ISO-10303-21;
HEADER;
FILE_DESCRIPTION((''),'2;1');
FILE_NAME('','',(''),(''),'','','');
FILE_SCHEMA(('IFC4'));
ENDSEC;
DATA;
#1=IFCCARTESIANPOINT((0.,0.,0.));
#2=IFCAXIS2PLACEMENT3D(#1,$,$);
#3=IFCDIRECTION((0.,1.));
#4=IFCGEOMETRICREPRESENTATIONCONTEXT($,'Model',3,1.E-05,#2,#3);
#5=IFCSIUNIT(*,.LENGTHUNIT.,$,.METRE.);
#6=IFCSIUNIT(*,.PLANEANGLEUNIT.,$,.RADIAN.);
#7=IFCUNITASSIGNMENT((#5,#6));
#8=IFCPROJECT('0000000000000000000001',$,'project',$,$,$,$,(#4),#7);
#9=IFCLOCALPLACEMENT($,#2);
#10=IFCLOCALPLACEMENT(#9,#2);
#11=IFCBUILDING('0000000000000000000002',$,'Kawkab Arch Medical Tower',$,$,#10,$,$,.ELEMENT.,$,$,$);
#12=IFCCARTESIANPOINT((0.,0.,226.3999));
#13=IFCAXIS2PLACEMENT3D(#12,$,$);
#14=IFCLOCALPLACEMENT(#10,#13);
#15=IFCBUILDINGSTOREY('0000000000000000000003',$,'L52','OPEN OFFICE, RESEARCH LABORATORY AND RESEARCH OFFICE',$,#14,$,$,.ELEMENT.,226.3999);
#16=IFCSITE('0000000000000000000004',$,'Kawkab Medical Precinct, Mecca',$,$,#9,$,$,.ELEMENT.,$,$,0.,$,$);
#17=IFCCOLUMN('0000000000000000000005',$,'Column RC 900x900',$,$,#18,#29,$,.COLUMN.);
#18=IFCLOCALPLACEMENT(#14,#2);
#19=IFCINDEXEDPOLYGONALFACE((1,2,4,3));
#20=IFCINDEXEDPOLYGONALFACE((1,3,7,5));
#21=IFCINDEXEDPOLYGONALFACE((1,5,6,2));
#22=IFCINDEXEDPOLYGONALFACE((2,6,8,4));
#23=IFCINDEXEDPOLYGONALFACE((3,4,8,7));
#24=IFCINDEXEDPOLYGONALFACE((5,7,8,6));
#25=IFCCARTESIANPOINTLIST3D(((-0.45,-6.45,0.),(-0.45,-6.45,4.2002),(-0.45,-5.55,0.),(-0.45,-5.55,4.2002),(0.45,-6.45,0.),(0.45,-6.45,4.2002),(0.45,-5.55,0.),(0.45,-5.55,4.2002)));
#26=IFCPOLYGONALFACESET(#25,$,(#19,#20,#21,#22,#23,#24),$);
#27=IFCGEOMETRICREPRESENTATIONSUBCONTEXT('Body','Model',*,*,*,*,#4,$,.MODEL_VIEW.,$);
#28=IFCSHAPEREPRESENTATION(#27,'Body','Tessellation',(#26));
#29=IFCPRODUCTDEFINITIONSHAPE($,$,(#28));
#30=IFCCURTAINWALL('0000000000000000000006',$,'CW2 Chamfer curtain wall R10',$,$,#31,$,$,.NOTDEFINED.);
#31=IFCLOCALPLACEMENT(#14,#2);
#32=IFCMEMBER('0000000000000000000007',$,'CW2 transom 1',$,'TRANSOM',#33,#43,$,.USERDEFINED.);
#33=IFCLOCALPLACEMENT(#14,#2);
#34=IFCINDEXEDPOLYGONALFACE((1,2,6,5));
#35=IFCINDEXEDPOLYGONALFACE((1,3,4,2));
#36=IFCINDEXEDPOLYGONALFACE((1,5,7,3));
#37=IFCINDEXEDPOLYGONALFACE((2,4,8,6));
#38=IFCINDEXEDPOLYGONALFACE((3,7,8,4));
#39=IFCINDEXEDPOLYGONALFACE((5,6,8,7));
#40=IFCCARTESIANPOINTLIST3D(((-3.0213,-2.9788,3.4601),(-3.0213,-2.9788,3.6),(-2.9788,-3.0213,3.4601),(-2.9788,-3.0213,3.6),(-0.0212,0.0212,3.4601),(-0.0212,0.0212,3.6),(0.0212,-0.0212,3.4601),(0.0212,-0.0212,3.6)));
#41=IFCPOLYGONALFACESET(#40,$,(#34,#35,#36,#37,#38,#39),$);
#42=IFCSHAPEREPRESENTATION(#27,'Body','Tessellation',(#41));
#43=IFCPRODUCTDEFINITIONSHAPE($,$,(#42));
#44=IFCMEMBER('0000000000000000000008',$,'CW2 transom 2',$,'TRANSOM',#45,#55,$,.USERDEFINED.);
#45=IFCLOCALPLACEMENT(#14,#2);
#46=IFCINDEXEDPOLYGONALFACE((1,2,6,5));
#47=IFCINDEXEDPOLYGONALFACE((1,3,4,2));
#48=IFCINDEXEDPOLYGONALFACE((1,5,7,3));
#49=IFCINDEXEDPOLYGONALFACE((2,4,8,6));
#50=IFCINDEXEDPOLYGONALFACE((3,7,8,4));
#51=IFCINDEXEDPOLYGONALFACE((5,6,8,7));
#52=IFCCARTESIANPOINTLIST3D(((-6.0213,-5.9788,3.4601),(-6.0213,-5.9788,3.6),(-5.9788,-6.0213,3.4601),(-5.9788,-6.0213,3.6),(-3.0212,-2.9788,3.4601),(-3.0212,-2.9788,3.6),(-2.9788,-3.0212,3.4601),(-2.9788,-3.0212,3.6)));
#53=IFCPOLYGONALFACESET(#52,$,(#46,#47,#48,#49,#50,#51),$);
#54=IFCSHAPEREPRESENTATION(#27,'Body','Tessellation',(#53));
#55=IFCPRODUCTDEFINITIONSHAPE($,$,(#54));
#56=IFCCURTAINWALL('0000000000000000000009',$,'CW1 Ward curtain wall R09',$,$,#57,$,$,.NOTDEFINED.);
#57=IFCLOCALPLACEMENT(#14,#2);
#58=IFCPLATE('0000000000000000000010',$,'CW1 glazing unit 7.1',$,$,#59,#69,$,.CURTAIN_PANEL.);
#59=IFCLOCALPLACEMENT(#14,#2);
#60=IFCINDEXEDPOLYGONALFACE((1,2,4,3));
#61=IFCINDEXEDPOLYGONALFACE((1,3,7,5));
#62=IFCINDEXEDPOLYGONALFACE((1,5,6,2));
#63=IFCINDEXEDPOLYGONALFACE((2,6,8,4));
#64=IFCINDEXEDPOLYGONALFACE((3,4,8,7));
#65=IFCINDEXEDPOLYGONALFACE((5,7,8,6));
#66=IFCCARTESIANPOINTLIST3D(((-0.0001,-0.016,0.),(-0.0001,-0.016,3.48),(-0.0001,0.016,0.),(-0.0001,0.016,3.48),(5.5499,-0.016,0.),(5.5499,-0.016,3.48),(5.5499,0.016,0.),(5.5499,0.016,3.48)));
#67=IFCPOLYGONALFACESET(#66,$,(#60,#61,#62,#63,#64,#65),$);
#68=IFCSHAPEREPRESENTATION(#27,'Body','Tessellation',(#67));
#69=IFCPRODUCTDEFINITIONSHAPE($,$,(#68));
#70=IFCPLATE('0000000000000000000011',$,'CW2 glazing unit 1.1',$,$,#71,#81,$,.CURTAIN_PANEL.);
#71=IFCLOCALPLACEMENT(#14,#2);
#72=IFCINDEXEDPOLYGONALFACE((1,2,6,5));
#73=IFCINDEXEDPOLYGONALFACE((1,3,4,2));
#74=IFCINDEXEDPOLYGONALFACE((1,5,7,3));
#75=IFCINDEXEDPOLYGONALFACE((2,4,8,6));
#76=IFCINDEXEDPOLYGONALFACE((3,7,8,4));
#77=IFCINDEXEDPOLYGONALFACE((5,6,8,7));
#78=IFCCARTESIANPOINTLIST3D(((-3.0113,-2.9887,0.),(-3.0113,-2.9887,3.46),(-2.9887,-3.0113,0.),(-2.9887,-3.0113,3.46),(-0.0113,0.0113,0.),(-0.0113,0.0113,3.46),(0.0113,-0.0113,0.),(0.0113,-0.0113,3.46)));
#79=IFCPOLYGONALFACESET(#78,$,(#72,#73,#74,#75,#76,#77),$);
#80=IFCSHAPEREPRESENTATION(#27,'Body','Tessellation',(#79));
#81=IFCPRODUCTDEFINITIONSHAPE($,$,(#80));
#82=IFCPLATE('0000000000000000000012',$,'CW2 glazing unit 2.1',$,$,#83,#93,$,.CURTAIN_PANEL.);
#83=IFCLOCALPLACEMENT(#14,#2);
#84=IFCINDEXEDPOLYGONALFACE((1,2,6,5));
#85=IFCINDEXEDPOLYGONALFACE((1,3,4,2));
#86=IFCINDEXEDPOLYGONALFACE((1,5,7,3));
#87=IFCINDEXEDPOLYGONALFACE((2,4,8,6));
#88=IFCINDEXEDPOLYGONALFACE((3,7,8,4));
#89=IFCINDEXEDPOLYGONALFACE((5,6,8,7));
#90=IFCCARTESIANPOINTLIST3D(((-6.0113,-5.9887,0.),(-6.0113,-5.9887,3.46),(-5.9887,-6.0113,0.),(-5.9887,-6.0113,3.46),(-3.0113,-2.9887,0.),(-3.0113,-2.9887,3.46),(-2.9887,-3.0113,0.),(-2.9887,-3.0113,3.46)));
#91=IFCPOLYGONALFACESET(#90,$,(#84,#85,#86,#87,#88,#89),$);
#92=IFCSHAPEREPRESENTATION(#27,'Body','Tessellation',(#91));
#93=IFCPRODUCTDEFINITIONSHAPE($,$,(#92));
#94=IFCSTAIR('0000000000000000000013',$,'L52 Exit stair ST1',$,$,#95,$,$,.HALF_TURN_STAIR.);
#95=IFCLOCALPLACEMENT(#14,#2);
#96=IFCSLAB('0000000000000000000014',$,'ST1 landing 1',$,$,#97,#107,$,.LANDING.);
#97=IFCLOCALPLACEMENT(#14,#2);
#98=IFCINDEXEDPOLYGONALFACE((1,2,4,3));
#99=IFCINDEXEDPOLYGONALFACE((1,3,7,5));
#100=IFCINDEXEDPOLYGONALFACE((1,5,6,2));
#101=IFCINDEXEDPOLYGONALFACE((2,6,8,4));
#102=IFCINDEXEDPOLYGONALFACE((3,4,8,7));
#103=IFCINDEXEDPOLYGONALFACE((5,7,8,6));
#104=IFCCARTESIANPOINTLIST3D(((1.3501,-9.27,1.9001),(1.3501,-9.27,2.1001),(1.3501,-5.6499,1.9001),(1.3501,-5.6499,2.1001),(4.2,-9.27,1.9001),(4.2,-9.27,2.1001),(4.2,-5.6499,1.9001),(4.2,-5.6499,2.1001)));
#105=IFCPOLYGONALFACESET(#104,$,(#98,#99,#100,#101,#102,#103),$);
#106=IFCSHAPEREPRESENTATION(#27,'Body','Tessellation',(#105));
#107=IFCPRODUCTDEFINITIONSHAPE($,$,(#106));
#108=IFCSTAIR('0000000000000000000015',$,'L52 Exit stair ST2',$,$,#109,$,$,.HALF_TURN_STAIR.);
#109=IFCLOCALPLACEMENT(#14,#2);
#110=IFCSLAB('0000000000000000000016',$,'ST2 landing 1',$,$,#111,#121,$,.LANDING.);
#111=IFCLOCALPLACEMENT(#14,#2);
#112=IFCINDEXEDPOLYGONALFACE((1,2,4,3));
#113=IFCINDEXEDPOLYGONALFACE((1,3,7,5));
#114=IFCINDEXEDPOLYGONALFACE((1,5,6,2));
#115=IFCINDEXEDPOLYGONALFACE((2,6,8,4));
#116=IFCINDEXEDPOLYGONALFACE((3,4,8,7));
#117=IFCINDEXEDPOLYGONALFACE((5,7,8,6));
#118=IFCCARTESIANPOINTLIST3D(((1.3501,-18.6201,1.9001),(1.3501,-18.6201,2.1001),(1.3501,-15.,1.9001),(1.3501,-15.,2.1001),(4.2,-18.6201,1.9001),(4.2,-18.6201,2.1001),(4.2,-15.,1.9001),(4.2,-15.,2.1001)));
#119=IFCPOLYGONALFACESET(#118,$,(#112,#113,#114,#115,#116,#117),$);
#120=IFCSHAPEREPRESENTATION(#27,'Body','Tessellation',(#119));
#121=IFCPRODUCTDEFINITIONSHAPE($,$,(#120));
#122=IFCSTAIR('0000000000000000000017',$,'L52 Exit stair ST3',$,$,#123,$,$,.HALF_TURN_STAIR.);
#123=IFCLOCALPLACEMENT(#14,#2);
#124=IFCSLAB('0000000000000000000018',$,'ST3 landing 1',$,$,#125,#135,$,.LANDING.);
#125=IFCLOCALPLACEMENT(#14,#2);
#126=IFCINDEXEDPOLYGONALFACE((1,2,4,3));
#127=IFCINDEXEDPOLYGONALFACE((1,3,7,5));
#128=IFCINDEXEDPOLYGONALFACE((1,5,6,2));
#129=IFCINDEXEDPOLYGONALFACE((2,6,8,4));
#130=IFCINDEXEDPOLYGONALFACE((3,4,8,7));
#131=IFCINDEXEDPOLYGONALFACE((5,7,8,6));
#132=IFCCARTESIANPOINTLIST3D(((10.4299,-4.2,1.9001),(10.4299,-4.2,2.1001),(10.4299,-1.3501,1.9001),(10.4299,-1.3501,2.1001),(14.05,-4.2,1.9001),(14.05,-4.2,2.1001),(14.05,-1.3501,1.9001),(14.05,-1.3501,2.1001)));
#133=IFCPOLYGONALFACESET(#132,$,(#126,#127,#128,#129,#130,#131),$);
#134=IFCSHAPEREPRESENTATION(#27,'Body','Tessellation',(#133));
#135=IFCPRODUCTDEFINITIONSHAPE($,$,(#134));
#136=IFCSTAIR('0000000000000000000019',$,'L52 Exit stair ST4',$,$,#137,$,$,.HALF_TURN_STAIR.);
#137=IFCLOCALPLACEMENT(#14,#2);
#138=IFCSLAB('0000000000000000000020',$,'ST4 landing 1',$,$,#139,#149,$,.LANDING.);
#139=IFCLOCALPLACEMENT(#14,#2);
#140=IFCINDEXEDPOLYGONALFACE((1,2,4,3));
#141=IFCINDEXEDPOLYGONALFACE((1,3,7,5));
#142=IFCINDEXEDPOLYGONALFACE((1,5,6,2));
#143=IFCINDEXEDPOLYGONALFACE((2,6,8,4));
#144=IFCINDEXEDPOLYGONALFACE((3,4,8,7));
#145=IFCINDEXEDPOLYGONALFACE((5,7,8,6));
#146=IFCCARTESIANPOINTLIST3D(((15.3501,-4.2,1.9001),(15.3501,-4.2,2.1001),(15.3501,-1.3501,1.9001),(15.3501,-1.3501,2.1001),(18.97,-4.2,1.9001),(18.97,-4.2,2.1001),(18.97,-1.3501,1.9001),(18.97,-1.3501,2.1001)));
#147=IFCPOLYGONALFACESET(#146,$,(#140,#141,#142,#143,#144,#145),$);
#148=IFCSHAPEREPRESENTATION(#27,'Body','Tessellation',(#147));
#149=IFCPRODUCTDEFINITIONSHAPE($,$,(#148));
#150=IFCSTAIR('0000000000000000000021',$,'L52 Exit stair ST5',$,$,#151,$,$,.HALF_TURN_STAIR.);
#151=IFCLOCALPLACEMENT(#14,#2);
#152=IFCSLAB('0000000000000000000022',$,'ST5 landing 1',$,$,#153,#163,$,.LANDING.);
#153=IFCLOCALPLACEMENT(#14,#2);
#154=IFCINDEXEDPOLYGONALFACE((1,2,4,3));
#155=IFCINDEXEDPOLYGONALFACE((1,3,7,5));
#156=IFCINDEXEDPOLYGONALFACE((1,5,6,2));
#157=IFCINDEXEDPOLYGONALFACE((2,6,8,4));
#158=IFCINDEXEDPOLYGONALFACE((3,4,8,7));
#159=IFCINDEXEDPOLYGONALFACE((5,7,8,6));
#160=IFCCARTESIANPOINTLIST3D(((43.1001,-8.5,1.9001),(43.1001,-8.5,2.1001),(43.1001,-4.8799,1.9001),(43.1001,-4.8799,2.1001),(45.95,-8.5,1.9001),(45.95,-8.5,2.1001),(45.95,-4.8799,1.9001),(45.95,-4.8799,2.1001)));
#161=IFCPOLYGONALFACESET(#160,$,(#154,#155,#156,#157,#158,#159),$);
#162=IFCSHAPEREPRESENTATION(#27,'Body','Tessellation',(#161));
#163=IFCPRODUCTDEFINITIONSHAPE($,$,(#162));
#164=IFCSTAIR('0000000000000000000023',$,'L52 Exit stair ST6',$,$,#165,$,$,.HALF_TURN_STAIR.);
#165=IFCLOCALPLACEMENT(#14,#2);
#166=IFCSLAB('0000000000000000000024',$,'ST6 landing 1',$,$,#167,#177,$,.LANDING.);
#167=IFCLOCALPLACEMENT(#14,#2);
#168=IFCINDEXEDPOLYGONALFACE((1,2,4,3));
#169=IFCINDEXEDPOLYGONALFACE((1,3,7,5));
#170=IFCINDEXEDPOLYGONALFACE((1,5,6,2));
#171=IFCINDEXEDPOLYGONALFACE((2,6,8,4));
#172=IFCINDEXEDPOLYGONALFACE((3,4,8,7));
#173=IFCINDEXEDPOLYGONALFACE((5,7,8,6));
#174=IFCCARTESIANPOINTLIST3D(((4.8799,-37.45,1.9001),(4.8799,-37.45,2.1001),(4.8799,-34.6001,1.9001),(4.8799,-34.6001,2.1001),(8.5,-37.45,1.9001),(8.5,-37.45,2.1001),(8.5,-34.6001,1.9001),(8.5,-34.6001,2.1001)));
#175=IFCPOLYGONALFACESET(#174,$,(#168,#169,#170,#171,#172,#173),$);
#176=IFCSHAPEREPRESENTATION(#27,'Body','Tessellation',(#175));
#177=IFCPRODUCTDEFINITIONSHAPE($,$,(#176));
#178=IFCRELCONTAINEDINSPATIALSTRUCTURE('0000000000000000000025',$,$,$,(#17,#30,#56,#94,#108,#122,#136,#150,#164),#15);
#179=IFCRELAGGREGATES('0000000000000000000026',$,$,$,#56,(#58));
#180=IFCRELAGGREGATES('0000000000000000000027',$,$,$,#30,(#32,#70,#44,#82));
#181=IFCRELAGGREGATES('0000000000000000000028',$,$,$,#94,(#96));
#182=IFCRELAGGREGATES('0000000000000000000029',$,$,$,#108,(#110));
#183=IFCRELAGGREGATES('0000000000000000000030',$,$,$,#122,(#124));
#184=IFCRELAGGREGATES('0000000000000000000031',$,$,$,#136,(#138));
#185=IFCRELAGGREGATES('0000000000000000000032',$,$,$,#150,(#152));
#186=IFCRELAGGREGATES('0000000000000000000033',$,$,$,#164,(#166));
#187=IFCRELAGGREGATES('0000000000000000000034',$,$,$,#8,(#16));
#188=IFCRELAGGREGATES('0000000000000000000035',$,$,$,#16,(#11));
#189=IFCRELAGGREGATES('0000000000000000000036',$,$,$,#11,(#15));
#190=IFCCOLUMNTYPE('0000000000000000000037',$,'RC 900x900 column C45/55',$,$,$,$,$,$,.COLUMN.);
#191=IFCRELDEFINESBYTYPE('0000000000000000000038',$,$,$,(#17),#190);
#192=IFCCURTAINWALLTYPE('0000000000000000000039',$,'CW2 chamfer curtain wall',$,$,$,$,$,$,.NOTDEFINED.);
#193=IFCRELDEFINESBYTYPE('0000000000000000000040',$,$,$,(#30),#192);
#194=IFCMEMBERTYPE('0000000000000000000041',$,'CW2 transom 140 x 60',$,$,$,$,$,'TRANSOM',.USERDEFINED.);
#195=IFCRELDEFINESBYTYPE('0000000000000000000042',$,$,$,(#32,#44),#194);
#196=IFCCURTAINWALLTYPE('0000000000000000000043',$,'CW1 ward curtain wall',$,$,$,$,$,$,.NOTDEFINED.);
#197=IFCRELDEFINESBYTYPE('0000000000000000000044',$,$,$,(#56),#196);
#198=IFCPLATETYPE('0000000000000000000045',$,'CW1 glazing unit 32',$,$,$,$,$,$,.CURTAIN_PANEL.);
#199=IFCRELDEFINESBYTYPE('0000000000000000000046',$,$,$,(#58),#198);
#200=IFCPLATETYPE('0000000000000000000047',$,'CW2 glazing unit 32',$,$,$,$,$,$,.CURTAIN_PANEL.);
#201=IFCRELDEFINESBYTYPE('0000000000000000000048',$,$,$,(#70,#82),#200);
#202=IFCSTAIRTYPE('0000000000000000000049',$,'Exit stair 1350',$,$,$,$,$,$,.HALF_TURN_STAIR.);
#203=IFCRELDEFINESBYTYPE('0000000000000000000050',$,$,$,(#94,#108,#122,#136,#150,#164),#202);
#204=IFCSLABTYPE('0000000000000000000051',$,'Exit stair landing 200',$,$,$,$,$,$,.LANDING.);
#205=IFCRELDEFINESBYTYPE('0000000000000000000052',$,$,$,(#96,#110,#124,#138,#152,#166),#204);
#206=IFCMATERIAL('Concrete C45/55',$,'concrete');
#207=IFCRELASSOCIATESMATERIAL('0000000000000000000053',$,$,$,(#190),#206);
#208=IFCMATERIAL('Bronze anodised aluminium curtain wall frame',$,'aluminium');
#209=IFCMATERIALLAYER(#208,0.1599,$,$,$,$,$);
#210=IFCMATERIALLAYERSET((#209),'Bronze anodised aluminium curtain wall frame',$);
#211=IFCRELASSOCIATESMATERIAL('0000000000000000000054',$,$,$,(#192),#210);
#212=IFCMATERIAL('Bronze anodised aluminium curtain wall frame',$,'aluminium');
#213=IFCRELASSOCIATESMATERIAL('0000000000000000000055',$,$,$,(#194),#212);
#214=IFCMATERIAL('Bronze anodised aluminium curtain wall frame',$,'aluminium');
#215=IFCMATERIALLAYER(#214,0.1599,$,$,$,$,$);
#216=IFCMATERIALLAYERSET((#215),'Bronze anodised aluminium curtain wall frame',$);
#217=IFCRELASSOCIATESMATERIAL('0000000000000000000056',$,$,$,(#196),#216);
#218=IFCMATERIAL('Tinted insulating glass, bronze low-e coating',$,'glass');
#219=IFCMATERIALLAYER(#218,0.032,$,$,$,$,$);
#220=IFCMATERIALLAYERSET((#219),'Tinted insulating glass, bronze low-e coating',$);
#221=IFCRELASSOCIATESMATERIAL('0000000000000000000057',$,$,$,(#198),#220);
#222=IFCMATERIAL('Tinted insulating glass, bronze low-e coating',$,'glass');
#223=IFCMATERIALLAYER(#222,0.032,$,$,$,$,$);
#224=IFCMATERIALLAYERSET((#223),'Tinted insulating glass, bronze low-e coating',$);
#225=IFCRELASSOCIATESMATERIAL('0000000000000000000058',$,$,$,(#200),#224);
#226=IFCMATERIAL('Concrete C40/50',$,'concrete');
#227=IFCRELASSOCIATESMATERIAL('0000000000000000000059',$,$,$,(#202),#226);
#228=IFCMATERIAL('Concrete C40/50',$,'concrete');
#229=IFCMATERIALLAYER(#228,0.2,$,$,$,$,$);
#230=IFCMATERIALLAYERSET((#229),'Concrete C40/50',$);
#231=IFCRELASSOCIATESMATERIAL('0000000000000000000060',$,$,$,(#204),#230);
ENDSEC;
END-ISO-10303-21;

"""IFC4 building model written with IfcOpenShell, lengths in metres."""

from ifc_helpers import new_model, si_unit, direction, frame, origin, origin_2d, place, context, subcontext, project, spatial, polyline, rectangle, outline, extrude, material, layer, layer_set, material_profile, profile_set, type_object, element, aggregate, save


model = new_model("IFC4")

# Units and contexts
model_context = context("Model", 3, precision=1e-05, world=origin(), true_north=direction((0.0, 1.0)))
body_context = subcontext(model_context, "Body", "Model", "MODEL_VIEW")
ifc_project = project(units=[si_unit("LENGTHUNIT", "METRE"), si_unit("PLANEANGLEUNIT", "RADIAN")], contexts=[model_context])

# Site, building, storey
site_placement = place(None, origin())
site = spatial("IfcSite", under=ifc_project, at=site_placement, Name="Kawkab Medical Precinct, Mecca", CompositionType="ELEMENT", RefElevation=0.0)
building_placement = place(site_placement, origin())
building = spatial("IfcBuilding", under=site, at=building_placement, Name="Kawkab Arch Medical Tower", CompositionType="ELEMENT")
storey_placement = place(building_placement, frame((0.0, 0.0, 226.3999)))
storey = spatial("IfcBuildingStorey", under=building, at=storey_placement, Name="L52", Description="OPEN OFFICE, RESEARCH LABORATORY AND RESEARCH OFFICE", CompositionType="ELEMENT", Elevation=226.3999)

# Column
ifc_material_1 = material(Name="Concrete C45/55", Category="concrete")
ifc_material_profile_1 = material_profile(ifc_material_1, rectangle(XDim=0.8999, YDim=0.8999, at=origin_2d()), Name="RC 900x900")
ifc_profile_set_1 = profile_set([ifc_material_profile_1], Name="Concrete C45/55")
column_type = type_object("IfcColumnType", Name="RC 900x900 column C45/55", PredefinedType="COLUMN", material=ifc_profile_set_1)
column_placement = place(storey_placement, frame((0.0, -6.0, 0.0), z_axis=(0.0, 0.0, 1.0), x_axis=(1.0, 0.0, 0.0)))
element("IfcColumn", 1, at=column_placement, inside=storey, type_object=column_type, Name="Column RC 900x900", PredefinedType="COLUMN", context=body_context, shape_type="SweptSolid", body=[
    extrude(rectangle(XDim=0.8999, YDim=0.8999, at=origin_2d()), origin(), (0.0, 0.0, 1.0), 4.2002),
])

# Curtain wall, members
ifc_material_2 = material(Name="Bronze anodised aluminium curtain wall frame", Category="aluminium")
ifc_layer_1 = layer(ifc_material_2, 0.1599)
ifc_layer_set_1 = layer_set([ifc_layer_1], Name="Bronze anodised aluminium curtain wall frame")
curtain_wall_type_1 = type_object("IfcCurtainWallType", Name="CW2 chamfer curtain wall", PredefinedType="NOTDEFINED", material=ifc_layer_set_1)
placement_1 = place(storey_placement, origin())
curtain_wall_1 = element("IfcCurtainWall", 2, at=placement_1, inside=storey, type_object=curtain_wall_type_1, Name="CW2 Chamfer curtain wall R10", PredefinedType="NOTDEFINED")
ifc_material_3 = material(Name="Bronze anodised aluminium curtain wall frame", Category="aluminium")
ifc_material_profile_2 = material_profile(ifc_material_3, rectangle(XDim=0.0601, YDim=0.1399, at=origin_2d()), Name="AL 60x140")
ifc_profile_set_2 = profile_set([ifc_material_profile_2], Name="Bronze anodised aluminium curtain wall frame")
member_type = type_object("IfcMemberType", Name="CW2 transom 140 x 60", ElementType="TRANSOM", PredefinedType="USERDEFINED", material=ifc_profile_set_2)
member_1_placement = place(storey_placement, frame((0.0, 0.0, 3.53), z_axis=(-0.707107, -0.707107, 0.0), x_axis=(0.707107, -0.707107, 0.0)))
member_1 = element("IfcMember", 3, at=member_1_placement, type_object=member_type, Name="CW2 transom 1", ObjectType="TRANSOM", PredefinedType="USERDEFINED", context=body_context, shape_type="SweptSolid", body=[
    extrude(rectangle(XDim=0.0601, YDim=0.1399, at=origin_2d()), origin(), (0.0, 0.0, 1.0), 4.2427),
])
member_2_placement = place(storey_placement, frame((-3.0, -3.0, 3.53), z_axis=(-0.707107, -0.707107, 0.0), x_axis=(0.707107, -0.707107, 0.0)))
member_2 = element("IfcMember", 4, at=member_2_placement, type_object=member_type, Name="CW2 transom 2", ObjectType="TRANSOM", PredefinedType="USERDEFINED", context=body_context, shape_type="SweptSolid", body=[
    extrude(rectangle(XDim=0.0601, YDim=0.1399, at=origin_2d()), origin(), (0.0, 0.0, 1.0), 4.2427),
])

# Curtain wall, plate
ifc_material_4 = material(Name="Bronze anodised aluminium curtain wall frame", Category="aluminium")
ifc_layer_2 = layer(ifc_material_4, 0.1599)
ifc_layer_set_2 = layer_set([ifc_layer_2], Name="Bronze anodised aluminium curtain wall frame")
curtain_wall_type_2 = type_object("IfcCurtainWallType", Name="CW1 ward curtain wall", PredefinedType="NOTDEFINED", material=ifc_layer_set_2)
curtain_wall_2 = element("IfcCurtainWall", 5, at=placement_1, inside=storey, type_object=curtain_wall_type_2, Name="CW1 Ward curtain wall R09", PredefinedType="NOTDEFINED")
ifc_material_5 = material(Name="Tinted insulating glass, bronze low-e coating", Category="glass")
ifc_layer_3 = layer(ifc_material_5, 0.032)
ifc_layer_set_3 = layer_set([ifc_layer_3], Name="Tinted insulating glass, bronze low-e coating")
plate_type_1 = type_object("IfcPlateType", Name="CW1 glazing unit 32", PredefinedType="CURTAIN_PANEL", material=ifc_layer_set_3)
plate_1_placement = place(storey_placement, frame((2.7749, 0.0, 0.0), z_axis=(0.0, 0.0, 1.0), x_axis=(-1.0, 0.0, 0.0)))
plate_1 = element("IfcPlate", 6, at=plate_1_placement, type_object=plate_type_1, Name="CW1 glazing unit 7.1", PredefinedType="CURTAIN_PANEL", context=body_context, shape_type="SweptSolid", body=[
    extrude(rectangle(XDim=5.55, YDim=0.032, at=origin_2d()), origin(), (0.0, 0.0, 1.0), 3.48),
])
aggregate(curtain_wall_2, [plate_1])

# Plates
ifc_material_6 = material(Name="Tinted insulating glass, bronze low-e coating", Category="glass")
ifc_layer_4 = layer(ifc_material_6, 0.032)
ifc_layer_set_4 = layer_set([ifc_layer_4], Name="Tinted insulating glass, bronze low-e coating")
plate_type_2 = type_object("IfcPlateType", Name="CW2 glazing unit 32", PredefinedType="CURTAIN_PANEL", material=ifc_layer_set_4)
plate_2_placement = place(storey_placement, frame((-1.5, -1.5, 0.0), z_axis=(0.0, 0.0, 1.0), x_axis=(-0.707107, -0.707107, 0.0)))
plate_2 = element("IfcPlate", 7, at=plate_2_placement, type_object=plate_type_2, Name="CW2 glazing unit 1.1", PredefinedType="CURTAIN_PANEL", context=body_context, shape_type="SweptSolid", body=[
    extrude(rectangle(XDim=4.2427, YDim=0.032, at=origin_2d()), origin(), (0.0, 0.0, 1.0), 3.46),
])
plate_3_placement = place(storey_placement, frame((-4.5, -4.5, 0.0), z_axis=(0.0, 0.0, 1.0), x_axis=(-0.707107, -0.707107, 0.0)))
plate_3 = element("IfcPlate", 8, at=plate_3_placement, type_object=plate_type_2, Name="CW2 glazing unit 2.1", PredefinedType="CURTAIN_PANEL", context=body_context, shape_type="SweptSolid", body=[
    extrude(rectangle(XDim=4.2427, YDim=0.032, at=origin_2d()), origin(), (0.0, 0.0, 1.0), 3.46),
])
aggregate(curtain_wall_1, [member_1, plate_2, member_2, plate_3])

# Stairs, slabs
ifc_material_7 = material(Name="Concrete C40/50", Category="concrete")
stair_type = type_object("IfcStairType", Name="Exit stair 1350", PredefinedType="HALF_TURN_STAIR", material=ifc_material_7)
stair_1 = element("IfcStair", 9, at=placement_1, inside=storey, type_object=stair_type, Name="L52 Exit stair ST1", PredefinedType="HALF_TURN_STAIR")
ifc_material_8 = material(Name="Concrete C40/50", Category="concrete")
ifc_layer_5 = layer(ifc_material_8, 0.2)
ifc_layer_set_5 = layer_set([ifc_layer_5], Name="Concrete C40/50")
slab_type_1 = type_object("IfcSlabType", Name="Exit stair landing 200", PredefinedType="LANDING", material=ifc_layer_set_5)
placement_2 = place(storey_placement, frame((0.0, 0.0, 1.9001)))
slab_1 = element("IfcSlab", 10, at=placement_2, type_object=slab_type_1, Name="ST1 landing 1", PredefinedType="LANDING", context=body_context, shape_type="SweptSolid", body=[
    extrude(outline(polyline([(4.2, -9.27), (4.2, -5.6499), (1.3501, -5.6499), (1.3501, -9.27), (4.2, -9.27)])), origin(), (0.0, 0.0, 1.0), 0.2),
])
aggregate(stair_1, [slab_1])
stair_2 = element("IfcStair", 11, at=placement_1, inside=storey, type_object=stair_type, Name="L52 Exit stair ST2", PredefinedType="HALF_TURN_STAIR")
slab_2 = element("IfcSlab", 12, at=placement_2, type_object=slab_type_1, Name="ST2 landing 1", PredefinedType="LANDING", context=body_context, shape_type="SweptSolid", body=[
    extrude(outline(polyline([(4.2, -18.6201), (4.2, -15.0), (1.3501, -15.0), (1.3501, -18.6201), (4.2, -18.6201)])), origin(), (0.0, 0.0, 1.0), 0.2),
])
aggregate(stair_2, [slab_2])
stair_3 = element("IfcStair", 13, at=placement_1, inside=storey, type_object=stair_type, Name="L52 Exit stair ST3", PredefinedType="HALF_TURN_STAIR")
slab_3 = element("IfcSlab", 14, at=placement_2, type_object=slab_type_1, Name="ST3 landing 1", PredefinedType="LANDING", context=body_context, shape_type="SweptSolid", body=[
    extrude(outline(polyline([(10.4299, -4.2), (14.05, -4.2), (14.05, -1.3501), (10.4299, -1.3501), (10.4299, -4.2)])), origin(), (0.0, 0.0, 1.0), 0.2),
])
aggregate(stair_3, [slab_3])
stair_4 = element("IfcStair", 15, at=placement_1, inside=storey, type_object=stair_type, Name="L52 Exit stair ST4", PredefinedType="HALF_TURN_STAIR")
slab_4 = element("IfcSlab", 16, at=placement_2, type_object=slab_type_1, Name="ST4 landing 1", PredefinedType="LANDING", context=body_context, shape_type="SweptSolid", body=[
    extrude(outline(polyline([(18.97, -1.3501), (15.3501, -1.3501), (15.3501, -4.2), (18.97, -4.2), (18.97, -1.3501)])), origin(), (0.0, 0.0, 1.0), 0.2),
])
aggregate(stair_4, [slab_4])
stair_5 = element("IfcStair", 17, at=placement_1, inside=storey, type_object=stair_type, Name="L52 Exit stair ST5", PredefinedType="HALF_TURN_STAIR")
slab_5 = element("IfcSlab", 18, at=placement_2, type_object=slab_type_1, Name="ST5 landing 1", PredefinedType="LANDING", context=body_context, shape_type="SweptSolid", body=[
    extrude(outline(polyline([(43.1001, -4.8799), (43.1001, -8.5), (45.95, -8.5), (45.95, -4.8799), (43.1001, -4.8799)])), origin(), (0.0, 0.0, 1.0), 0.2),
])
aggregate(stair_5, [slab_5])
stair_6 = element("IfcStair", 19, at=placement_1, inside=storey, type_object=stair_type, Name="L52 Exit stair ST6", PredefinedType="HALF_TURN_STAIR")
slab_6 = element("IfcSlab", 20, at=placement_2, type_object=slab_type_1, Name="ST6 landing 1", PredefinedType="LANDING", context=body_context, shape_type="SweptSolid", body=[
    extrude(outline(polyline([(4.8799, -37.45), (8.5, -37.45), (8.5, -34.6001), (4.8799, -34.6001), (4.8799, -37.45)])), origin(), (0.0, 0.0, 1.0), 0.2),
])
aggregate(stair_6, [slab_6])

save(model, "model.ifc")
